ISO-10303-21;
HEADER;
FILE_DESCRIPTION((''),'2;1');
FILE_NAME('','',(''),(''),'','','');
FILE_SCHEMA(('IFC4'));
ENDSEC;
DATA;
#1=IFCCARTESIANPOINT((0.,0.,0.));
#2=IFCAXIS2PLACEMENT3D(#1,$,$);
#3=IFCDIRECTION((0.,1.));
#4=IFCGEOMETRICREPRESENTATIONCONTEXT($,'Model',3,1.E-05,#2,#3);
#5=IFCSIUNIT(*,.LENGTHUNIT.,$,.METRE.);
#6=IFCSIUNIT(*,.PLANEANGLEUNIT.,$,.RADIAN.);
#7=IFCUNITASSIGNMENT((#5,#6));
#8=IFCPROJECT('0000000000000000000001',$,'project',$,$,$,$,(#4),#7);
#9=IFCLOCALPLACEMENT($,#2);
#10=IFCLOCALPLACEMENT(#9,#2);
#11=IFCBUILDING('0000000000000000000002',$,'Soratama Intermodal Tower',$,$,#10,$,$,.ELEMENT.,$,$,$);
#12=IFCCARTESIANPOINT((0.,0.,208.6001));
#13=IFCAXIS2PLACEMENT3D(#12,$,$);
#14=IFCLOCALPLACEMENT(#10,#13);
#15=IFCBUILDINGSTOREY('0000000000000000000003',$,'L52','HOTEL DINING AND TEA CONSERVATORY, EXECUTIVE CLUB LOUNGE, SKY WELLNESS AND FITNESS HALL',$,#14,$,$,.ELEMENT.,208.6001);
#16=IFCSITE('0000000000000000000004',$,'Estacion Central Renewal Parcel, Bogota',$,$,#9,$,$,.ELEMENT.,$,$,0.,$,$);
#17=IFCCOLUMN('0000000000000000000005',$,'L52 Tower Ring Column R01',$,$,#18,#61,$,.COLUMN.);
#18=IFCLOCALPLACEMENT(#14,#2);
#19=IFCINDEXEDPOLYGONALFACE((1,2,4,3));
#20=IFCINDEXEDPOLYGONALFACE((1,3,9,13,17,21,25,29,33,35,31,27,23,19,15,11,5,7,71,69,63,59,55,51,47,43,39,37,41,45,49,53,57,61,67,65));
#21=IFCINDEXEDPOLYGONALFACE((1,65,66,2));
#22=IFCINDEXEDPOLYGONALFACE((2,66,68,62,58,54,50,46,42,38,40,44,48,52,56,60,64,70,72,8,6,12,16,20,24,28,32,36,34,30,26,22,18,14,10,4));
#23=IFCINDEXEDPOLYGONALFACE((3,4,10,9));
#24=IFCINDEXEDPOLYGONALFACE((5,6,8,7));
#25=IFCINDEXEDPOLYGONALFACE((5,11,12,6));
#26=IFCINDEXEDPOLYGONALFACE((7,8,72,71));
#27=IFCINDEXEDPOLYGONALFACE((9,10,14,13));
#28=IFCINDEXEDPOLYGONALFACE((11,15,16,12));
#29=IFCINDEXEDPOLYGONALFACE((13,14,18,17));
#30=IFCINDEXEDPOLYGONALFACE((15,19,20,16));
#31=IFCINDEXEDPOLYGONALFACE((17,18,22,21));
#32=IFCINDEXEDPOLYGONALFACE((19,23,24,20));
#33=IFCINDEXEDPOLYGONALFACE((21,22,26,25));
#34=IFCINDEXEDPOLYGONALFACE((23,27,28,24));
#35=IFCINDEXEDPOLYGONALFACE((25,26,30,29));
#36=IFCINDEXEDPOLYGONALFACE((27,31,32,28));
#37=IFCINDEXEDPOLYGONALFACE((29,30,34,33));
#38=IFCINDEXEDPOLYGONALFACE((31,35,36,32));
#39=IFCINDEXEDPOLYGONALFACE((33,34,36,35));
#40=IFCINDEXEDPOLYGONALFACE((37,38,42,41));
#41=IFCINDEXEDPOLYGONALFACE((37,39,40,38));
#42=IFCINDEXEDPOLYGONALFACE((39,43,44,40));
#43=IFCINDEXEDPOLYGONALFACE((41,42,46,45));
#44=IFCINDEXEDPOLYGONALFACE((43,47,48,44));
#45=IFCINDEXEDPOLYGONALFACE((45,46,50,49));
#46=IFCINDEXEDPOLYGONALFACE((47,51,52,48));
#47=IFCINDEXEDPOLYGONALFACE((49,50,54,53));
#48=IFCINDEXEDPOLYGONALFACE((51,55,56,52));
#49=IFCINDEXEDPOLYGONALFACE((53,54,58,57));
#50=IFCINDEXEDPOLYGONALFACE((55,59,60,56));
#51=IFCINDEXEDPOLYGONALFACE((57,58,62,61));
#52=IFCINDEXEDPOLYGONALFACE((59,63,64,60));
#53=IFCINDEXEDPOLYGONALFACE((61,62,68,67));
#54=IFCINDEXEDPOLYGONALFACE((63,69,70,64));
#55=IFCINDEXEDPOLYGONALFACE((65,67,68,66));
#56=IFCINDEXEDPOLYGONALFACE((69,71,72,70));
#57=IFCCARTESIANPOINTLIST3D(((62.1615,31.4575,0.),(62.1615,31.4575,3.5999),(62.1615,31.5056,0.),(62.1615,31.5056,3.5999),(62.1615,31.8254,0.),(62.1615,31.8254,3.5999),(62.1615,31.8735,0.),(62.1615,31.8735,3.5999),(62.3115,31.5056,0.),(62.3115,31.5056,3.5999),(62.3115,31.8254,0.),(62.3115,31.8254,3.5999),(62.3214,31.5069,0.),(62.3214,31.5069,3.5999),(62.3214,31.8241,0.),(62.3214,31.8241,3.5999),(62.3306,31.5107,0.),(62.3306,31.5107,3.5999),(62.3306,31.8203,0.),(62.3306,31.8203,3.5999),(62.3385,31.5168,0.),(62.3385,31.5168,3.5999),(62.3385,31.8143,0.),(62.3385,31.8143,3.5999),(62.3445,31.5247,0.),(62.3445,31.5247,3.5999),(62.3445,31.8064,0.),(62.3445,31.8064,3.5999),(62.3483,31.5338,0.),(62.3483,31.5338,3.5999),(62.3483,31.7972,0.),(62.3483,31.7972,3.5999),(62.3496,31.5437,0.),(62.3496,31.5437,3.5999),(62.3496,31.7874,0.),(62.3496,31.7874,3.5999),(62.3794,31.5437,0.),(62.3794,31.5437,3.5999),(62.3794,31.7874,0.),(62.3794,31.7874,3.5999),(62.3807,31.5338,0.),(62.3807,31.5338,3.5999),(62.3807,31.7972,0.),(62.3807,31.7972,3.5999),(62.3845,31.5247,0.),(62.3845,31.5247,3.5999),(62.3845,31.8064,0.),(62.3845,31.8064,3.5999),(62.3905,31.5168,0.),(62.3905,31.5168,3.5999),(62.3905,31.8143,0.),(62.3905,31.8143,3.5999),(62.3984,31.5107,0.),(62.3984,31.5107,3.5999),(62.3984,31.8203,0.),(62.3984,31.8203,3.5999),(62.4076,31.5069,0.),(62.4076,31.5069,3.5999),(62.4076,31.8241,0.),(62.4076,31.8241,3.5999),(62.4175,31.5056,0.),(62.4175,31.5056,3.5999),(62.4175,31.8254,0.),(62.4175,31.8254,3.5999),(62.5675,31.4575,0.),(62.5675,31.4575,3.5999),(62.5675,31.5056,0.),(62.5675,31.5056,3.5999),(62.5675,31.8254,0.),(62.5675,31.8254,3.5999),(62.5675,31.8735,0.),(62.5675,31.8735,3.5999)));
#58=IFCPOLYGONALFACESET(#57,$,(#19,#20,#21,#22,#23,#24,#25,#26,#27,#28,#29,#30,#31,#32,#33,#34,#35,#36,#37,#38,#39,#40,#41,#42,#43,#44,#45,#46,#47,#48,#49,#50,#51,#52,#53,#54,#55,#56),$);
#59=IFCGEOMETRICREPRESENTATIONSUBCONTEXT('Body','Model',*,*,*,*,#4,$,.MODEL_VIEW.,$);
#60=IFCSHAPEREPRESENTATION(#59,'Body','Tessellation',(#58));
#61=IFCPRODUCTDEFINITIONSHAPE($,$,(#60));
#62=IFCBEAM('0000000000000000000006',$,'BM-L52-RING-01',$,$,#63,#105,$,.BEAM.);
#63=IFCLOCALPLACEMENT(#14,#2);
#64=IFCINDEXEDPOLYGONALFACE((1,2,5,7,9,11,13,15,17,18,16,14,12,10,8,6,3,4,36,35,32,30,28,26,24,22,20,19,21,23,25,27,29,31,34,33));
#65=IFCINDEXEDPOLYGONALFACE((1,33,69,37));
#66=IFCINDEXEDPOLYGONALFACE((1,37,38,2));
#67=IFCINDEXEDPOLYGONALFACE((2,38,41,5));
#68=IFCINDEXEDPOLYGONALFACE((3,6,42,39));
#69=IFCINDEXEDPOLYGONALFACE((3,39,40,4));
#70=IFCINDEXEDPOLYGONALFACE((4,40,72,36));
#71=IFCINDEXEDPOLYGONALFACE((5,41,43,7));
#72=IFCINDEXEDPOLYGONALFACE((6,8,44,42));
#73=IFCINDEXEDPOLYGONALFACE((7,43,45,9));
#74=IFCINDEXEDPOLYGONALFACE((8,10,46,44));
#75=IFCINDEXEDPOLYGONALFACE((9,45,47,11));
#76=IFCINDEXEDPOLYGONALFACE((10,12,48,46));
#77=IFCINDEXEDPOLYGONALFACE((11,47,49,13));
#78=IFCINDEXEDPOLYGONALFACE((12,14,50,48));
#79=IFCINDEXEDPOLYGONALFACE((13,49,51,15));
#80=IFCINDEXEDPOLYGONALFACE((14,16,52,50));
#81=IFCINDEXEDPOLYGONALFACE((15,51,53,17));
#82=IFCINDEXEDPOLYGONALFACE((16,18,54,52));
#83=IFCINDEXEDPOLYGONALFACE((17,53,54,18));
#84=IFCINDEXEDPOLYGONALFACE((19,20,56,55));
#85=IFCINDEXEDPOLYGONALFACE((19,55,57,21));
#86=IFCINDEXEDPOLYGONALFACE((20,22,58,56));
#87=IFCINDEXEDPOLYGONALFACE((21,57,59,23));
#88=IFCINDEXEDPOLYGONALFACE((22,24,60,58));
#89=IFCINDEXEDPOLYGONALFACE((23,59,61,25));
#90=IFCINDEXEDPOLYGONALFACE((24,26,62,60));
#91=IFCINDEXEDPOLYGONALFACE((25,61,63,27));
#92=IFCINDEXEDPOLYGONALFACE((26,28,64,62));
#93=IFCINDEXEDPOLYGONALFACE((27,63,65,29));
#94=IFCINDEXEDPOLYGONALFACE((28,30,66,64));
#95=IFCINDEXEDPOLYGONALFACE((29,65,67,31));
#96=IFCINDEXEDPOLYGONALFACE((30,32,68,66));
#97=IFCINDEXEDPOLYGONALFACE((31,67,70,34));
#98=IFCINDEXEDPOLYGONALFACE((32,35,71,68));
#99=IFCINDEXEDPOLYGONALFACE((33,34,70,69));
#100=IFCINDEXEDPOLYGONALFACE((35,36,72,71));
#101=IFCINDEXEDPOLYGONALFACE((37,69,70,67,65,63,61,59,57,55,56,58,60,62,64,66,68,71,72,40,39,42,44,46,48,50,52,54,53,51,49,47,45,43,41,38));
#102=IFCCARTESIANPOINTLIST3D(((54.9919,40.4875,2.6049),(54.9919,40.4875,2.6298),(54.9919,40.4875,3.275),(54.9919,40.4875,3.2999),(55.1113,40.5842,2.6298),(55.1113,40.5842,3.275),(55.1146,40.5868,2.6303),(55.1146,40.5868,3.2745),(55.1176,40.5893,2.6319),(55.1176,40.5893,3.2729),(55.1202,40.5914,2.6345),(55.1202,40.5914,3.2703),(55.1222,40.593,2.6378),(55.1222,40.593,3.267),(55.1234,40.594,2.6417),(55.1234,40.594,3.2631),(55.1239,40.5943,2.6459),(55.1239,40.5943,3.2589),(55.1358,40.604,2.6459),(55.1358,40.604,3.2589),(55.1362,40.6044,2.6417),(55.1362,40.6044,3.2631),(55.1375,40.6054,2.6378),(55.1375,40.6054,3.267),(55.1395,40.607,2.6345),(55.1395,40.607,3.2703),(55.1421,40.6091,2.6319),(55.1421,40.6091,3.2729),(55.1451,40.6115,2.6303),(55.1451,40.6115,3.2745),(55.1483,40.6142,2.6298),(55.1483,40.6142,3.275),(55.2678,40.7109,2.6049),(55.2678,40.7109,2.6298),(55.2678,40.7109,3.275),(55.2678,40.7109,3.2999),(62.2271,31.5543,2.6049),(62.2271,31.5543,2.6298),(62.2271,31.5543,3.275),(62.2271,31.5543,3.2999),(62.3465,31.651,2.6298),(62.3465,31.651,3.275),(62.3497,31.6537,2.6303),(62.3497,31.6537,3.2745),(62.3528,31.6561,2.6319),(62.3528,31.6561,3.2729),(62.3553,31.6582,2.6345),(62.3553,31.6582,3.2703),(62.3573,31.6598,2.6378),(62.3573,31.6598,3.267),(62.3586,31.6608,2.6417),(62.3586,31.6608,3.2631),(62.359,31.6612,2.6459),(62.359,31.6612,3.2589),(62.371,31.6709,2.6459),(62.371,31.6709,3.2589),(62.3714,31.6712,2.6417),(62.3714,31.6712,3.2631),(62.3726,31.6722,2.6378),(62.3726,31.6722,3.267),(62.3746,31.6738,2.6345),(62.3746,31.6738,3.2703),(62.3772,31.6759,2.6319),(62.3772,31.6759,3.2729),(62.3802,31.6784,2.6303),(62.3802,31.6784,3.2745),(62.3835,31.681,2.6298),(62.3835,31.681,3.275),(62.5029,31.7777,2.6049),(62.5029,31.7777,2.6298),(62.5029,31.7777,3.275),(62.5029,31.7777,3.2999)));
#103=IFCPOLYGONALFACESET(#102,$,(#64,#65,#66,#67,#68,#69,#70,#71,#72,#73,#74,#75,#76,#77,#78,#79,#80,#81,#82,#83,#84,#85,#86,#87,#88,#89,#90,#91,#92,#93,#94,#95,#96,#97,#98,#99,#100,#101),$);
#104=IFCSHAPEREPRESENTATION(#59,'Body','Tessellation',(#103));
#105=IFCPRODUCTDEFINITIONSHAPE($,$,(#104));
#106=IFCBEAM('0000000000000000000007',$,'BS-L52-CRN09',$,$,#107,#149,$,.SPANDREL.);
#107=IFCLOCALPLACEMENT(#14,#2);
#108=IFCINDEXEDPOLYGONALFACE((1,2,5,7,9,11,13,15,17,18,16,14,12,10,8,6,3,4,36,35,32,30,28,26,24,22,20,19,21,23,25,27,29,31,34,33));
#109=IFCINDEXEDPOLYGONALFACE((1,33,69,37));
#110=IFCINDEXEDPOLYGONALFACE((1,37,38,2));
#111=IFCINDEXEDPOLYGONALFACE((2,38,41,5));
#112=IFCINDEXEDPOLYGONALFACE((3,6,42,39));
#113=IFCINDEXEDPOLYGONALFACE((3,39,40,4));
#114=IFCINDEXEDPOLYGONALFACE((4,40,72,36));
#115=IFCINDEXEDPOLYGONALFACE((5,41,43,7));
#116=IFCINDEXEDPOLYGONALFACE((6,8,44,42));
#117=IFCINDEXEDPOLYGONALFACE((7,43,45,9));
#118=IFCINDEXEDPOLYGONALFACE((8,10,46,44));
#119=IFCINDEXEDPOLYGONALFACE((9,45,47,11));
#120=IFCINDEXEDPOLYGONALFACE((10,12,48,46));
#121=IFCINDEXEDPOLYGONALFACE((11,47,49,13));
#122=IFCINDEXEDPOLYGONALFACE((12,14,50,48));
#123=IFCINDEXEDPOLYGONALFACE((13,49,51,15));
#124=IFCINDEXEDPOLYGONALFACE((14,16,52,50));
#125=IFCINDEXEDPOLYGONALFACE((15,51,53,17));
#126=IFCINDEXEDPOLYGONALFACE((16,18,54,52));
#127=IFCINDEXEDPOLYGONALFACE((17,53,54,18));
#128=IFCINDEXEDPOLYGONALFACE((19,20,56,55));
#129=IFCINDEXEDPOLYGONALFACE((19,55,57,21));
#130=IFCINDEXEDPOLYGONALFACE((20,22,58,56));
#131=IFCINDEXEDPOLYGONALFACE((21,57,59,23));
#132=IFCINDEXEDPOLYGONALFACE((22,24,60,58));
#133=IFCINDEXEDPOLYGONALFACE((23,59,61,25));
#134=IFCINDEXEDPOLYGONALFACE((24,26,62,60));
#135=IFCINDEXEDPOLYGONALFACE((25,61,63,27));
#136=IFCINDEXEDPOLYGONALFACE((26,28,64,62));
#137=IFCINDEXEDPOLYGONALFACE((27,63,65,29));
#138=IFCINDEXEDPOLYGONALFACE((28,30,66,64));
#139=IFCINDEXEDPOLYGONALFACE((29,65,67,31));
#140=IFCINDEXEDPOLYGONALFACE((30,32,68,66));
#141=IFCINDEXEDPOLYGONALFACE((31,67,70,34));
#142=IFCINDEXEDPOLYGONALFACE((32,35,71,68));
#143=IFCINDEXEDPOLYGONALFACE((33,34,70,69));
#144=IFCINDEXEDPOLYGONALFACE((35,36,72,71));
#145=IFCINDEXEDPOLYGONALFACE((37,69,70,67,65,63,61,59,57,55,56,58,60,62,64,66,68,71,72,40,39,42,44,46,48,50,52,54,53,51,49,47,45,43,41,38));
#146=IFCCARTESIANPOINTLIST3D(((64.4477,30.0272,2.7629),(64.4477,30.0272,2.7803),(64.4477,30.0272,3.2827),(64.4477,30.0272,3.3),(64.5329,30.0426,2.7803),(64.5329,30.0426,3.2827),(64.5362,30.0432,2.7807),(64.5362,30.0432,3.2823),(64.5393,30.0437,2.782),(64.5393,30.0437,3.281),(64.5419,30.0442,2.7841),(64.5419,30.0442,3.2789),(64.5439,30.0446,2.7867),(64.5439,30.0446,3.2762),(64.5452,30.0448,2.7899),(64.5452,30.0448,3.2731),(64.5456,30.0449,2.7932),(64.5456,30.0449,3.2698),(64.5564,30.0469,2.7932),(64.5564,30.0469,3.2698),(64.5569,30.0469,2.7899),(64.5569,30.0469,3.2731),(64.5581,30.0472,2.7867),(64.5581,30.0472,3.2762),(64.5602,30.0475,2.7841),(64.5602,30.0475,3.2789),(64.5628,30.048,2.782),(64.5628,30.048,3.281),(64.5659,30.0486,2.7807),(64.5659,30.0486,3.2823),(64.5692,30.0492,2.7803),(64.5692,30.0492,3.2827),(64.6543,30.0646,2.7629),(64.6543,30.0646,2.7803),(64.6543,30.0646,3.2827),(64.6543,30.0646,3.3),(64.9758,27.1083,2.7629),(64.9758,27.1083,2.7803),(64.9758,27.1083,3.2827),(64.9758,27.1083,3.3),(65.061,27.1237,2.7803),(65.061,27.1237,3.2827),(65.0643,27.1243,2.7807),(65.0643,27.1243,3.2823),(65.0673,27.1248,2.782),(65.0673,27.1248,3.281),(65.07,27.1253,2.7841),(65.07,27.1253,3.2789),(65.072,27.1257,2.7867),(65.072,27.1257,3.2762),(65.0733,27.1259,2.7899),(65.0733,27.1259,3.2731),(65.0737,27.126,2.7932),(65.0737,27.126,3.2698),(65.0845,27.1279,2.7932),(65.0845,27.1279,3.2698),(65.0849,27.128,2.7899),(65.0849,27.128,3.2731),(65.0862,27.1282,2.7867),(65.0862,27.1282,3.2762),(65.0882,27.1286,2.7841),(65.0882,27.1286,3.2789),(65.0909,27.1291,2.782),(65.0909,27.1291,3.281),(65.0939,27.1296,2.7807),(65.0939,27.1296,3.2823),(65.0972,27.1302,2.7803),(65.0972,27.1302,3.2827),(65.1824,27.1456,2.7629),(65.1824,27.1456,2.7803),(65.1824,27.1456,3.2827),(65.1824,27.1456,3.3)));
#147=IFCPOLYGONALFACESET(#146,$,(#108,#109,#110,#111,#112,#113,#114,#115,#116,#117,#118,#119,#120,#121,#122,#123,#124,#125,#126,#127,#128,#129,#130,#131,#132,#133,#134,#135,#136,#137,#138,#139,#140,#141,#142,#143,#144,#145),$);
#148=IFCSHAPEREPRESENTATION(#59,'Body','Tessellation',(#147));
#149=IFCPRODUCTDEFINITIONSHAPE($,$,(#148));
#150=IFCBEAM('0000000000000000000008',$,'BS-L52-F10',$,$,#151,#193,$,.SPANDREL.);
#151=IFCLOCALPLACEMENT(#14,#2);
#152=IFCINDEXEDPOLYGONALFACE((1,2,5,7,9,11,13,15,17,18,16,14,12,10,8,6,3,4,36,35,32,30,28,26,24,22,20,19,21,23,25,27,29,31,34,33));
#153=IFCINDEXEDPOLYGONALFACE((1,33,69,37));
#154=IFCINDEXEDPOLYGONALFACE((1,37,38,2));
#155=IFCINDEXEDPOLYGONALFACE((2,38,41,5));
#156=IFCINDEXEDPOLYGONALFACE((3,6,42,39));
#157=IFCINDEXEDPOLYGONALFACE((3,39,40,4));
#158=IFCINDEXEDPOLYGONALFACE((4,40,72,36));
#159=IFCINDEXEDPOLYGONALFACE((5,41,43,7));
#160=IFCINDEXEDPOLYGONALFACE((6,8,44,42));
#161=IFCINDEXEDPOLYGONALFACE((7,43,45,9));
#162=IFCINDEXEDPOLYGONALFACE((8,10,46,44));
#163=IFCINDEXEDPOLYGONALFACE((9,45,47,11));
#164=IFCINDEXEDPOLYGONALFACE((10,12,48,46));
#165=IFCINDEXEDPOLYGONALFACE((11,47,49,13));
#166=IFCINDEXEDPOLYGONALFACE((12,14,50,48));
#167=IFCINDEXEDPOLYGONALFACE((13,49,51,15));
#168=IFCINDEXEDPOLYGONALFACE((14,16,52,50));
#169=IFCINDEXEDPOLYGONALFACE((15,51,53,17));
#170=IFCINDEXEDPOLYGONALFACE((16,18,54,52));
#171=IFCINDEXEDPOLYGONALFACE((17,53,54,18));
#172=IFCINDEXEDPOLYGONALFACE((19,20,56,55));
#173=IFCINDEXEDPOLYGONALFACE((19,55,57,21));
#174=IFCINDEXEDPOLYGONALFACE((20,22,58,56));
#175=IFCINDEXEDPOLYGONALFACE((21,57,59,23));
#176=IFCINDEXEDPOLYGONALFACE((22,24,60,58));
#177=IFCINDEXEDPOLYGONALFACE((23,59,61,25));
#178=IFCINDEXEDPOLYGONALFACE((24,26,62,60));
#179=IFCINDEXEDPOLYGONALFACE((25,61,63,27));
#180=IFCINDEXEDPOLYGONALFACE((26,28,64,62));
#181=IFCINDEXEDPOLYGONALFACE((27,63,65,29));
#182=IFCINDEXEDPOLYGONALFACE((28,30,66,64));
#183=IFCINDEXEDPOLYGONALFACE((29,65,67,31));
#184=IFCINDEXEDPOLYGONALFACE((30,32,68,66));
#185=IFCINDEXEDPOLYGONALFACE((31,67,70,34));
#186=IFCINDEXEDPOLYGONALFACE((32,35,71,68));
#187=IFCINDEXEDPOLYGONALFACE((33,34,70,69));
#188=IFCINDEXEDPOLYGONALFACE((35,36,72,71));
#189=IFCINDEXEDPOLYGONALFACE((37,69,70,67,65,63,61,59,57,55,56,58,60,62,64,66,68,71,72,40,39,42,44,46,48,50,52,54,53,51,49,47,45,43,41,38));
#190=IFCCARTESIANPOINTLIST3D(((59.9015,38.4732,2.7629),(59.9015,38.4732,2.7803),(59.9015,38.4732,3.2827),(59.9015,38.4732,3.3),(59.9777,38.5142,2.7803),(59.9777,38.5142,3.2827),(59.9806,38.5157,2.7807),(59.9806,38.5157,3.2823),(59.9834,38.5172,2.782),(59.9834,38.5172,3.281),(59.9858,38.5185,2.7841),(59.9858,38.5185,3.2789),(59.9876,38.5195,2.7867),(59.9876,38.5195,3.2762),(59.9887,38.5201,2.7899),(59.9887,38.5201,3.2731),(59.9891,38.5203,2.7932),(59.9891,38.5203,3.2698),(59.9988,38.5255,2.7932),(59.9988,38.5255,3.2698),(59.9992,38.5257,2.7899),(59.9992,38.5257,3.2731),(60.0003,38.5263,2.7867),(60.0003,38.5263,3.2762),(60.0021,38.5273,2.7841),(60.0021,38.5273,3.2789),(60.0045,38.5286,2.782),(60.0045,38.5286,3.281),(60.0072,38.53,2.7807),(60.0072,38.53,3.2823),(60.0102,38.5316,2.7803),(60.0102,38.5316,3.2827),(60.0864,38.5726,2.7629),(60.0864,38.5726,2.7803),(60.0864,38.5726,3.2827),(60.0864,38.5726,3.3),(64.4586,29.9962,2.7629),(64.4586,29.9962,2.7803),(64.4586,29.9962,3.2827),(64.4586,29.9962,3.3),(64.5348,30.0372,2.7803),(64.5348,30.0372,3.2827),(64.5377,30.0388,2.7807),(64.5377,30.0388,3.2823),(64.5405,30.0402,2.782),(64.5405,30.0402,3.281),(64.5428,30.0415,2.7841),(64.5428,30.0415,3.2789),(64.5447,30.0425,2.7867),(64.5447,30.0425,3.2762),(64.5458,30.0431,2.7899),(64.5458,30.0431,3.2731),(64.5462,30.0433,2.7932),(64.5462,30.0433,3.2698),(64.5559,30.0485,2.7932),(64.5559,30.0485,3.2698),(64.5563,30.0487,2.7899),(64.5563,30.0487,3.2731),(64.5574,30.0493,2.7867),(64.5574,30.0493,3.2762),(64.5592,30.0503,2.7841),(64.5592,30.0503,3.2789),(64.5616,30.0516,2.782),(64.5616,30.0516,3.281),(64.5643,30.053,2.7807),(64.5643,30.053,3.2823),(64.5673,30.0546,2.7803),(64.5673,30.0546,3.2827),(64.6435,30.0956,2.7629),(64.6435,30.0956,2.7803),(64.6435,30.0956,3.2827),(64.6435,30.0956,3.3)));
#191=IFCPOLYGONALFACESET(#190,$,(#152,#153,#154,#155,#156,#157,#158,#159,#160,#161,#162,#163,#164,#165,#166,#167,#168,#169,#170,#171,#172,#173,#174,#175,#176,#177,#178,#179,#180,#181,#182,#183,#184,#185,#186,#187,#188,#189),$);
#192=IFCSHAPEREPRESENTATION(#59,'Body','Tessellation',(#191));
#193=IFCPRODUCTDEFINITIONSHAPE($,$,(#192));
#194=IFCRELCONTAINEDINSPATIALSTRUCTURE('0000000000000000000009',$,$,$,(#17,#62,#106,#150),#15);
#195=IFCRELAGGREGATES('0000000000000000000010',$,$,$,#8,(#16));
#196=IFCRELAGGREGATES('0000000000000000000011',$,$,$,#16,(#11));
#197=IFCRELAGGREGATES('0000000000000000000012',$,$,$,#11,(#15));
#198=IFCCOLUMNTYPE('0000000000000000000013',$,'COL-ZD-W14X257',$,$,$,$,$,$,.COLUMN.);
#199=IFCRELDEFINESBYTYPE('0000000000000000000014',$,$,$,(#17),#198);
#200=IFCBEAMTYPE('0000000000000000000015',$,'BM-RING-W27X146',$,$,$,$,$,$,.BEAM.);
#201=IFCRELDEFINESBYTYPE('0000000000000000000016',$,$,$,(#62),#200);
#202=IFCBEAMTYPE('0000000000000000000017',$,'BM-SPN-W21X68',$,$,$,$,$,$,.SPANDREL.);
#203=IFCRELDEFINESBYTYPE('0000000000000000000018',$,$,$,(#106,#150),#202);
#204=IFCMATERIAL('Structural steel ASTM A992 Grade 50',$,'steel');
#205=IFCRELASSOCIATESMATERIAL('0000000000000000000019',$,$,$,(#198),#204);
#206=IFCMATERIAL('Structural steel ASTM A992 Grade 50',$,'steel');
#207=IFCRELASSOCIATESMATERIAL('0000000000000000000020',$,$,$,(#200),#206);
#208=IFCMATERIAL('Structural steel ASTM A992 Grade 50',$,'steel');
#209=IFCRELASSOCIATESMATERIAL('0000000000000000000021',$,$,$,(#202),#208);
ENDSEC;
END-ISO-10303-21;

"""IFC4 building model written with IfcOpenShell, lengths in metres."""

from ifc_helpers import new_model, si_unit, direction, frame, origin, origin_2d, place, context, subcontext, project, spatial, i_section, extrude, material, material_profile, profile_set, type_object, element, save


model = new_model("IFC4")

# Units and contexts
model_context = context("Model", 3, precision=1e-05, world=origin(), true_north=direction((0.0, 1.0)))
body_context = subcontext(model_context, "Body", "Model", "MODEL_VIEW")
ifc_project = project(units=[si_unit("LENGTHUNIT", "METRE"), si_unit("PLANEANGLEUNIT", "RADIAN")], contexts=[model_context])

# Site, building, storey
site_placement = place(None, origin())
site = spatial("IfcSite", under=ifc_project, at=site_placement, Name="Estacion Central Renewal Parcel, Bogota", CompositionType="ELEMENT", RefElevation=0.0)
building_placement = place(site_placement, origin())
building = spatial("IfcBuilding", under=site, at=building_placement, Name="Soratama Intermodal Tower", CompositionType="ELEMENT")
storey_placement = place(building_placement, frame((0.0, 0.0, 208.6001)))
storey = spatial("IfcBuildingStorey", under=building, at=storey_placement, Name="L52", Description="HOTEL DINING AND TEA CONSERVATORY, EXECUTIVE CLUB LOUNGE, SKY WELLNESS AND FITNESS HALL", CompositionType="ELEMENT", Elevation=208.6001)

# Column
ifc_material_1 = material(Name="Structural steel ASTM A992 Grade 50", Category="steel")
ifc_material_profile_1 = material_profile(ifc_material_1, i_section(OverallWidth=0.406, OverallDepth=0.416, WebThickness=0.0298, FlangeThickness=0.0481, FilletRadius=0.0381, at=origin_2d()), Name="W14X257")
ifc_profile_set_1 = profile_set([ifc_material_profile_1], Name="Structural steel ASTM A992 Grade 50")
column_type = type_object("IfcColumnType", Name="COL-ZD-W14X257", PredefinedType="COLUMN", material=ifc_profile_set_1)
column_placement = place(storey_placement, frame((62.3645, 31.6655, 0.0), z_axis=(0.0, 0.0, 1.0), x_axis=(1.0, 0.0, 0.0)))
element("IfcColumn", 1, at=column_placement, inside=storey, type_object=column_type, Name="L52 Tower Ring Column R01", PredefinedType="COLUMN", context=body_context, shape_type="SweptSolid", body=[
    extrude(i_section(OverallWidth=0.406, OverallDepth=0.416, WebThickness=0.0298, FlangeThickness=0.0481, FilletRadius=0.0381, at=origin_2d()), origin(), (0.0, 0.0, 1.0), 3.5999),
])

# Beams
ifc_material_2 = material(Name="Structural steel ASTM A992 Grade 50", Category="steel")
ifc_material_profile_2 = material_profile(ifc_material_2, i_section(OverallWidth=0.355, OverallDepth=0.6951, WebThickness=0.0154, FlangeThickness=0.0249, FilletRadius=0.0161, at=origin_2d()), Name="W27X146")
ifc_profile_set_2 = profile_set([ifc_material_profile_2], Name="Structural steel ASTM A992 Grade 50")
beam_type_1 = type_object("IfcBeamType", Name="BM-RING-W27X146", PredefinedType="BEAM", material=ifc_profile_set_2)
beam_1_placement = place(storey_placement, frame((62.365, 31.666, 2.9524), z_axis=(-0.629385, 0.777094, 0.0), x_axis=(-0.777094, -0.629385, 0.0)))
element("IfcBeam", 2, at=beam_1_placement, inside=storey, type_object=beam_type_1, Name="BM-L52-RING-01", PredefinedType="BEAM", context=body_context, shape_type="SweptSolid", body=[
    extrude(i_section(OverallWidth=0.355, OverallDepth=0.6951, WebThickness=0.0154, FlangeThickness=0.0249, FilletRadius=0.0161, at=origin_2d()), origin(), (0.0, 0.0, 1.0), 11.4956),
])
ifc_material_3 = material(Name="Structural steel ASTM A992 Grade 50", Category="steel")
ifc_material_profile_3 = material_profile(ifc_material_3, i_section(OverallWidth=0.21, OverallDepth=0.5371, WebThickness=0.011, FlangeThickness=0.0173, FilletRadius=0.0129, at=origin_2d()), Name="W21X68")
ifc_profile_set_3 = profile_set([ifc_material_profile_3], Name="Structural steel ASTM A992 Grade 50")
beam_type_2 = type_object("IfcBeamType", Name="BM-SPN-W21X68", PredefinedType="SPANDREL", material=ifc_profile_set_3)
beam_2_placement = place(storey_placement, frame((65.0791, 27.127, 3.0315), z_axis=(-0.178023, 0.984026, 0.0), x_axis=(-0.984026, -0.178023, 0.0)))
element("IfcBeam", 3, at=beam_2_placement, inside=storey, type_object=beam_type_2, Name="BS-L52-CRN09", PredefinedType="SPANDREL", context=body_context, shape_type="SweptSolid", body=[
    extrude(i_section(OverallWidth=0.21, OverallDepth=0.5371, WebThickness=0.011, FlangeThickness=0.0173, FilletRadius=0.0129, at=origin_2d()), origin(), (0.0, 0.0, 1.0), 2.9663),
])
beam_3_placement = place(storey_placement, frame((64.551, 30.0459, 3.0315), z_axis=(-0.473501, 0.880793, 0.0), x_axis=(-0.880793, -0.473501, 0.0)))
element("IfcBeam", 4, at=beam_3_placement, inside=storey, type_object=beam_type_2, Name="BS-L52-F10", PredefinedType="SPANDREL", context=body_context, shape_type="SweptSolid", body=[
    extrude(i_section(OverallWidth=0.21, OverallDepth=0.5371, WebThickness=0.011, FlangeThickness=0.0173, FilletRadius=0.0129, at=origin_2d()), origin(), (0.0, 0.0, 1.0), 9.6243),
])

save(model, "model.ifc")
